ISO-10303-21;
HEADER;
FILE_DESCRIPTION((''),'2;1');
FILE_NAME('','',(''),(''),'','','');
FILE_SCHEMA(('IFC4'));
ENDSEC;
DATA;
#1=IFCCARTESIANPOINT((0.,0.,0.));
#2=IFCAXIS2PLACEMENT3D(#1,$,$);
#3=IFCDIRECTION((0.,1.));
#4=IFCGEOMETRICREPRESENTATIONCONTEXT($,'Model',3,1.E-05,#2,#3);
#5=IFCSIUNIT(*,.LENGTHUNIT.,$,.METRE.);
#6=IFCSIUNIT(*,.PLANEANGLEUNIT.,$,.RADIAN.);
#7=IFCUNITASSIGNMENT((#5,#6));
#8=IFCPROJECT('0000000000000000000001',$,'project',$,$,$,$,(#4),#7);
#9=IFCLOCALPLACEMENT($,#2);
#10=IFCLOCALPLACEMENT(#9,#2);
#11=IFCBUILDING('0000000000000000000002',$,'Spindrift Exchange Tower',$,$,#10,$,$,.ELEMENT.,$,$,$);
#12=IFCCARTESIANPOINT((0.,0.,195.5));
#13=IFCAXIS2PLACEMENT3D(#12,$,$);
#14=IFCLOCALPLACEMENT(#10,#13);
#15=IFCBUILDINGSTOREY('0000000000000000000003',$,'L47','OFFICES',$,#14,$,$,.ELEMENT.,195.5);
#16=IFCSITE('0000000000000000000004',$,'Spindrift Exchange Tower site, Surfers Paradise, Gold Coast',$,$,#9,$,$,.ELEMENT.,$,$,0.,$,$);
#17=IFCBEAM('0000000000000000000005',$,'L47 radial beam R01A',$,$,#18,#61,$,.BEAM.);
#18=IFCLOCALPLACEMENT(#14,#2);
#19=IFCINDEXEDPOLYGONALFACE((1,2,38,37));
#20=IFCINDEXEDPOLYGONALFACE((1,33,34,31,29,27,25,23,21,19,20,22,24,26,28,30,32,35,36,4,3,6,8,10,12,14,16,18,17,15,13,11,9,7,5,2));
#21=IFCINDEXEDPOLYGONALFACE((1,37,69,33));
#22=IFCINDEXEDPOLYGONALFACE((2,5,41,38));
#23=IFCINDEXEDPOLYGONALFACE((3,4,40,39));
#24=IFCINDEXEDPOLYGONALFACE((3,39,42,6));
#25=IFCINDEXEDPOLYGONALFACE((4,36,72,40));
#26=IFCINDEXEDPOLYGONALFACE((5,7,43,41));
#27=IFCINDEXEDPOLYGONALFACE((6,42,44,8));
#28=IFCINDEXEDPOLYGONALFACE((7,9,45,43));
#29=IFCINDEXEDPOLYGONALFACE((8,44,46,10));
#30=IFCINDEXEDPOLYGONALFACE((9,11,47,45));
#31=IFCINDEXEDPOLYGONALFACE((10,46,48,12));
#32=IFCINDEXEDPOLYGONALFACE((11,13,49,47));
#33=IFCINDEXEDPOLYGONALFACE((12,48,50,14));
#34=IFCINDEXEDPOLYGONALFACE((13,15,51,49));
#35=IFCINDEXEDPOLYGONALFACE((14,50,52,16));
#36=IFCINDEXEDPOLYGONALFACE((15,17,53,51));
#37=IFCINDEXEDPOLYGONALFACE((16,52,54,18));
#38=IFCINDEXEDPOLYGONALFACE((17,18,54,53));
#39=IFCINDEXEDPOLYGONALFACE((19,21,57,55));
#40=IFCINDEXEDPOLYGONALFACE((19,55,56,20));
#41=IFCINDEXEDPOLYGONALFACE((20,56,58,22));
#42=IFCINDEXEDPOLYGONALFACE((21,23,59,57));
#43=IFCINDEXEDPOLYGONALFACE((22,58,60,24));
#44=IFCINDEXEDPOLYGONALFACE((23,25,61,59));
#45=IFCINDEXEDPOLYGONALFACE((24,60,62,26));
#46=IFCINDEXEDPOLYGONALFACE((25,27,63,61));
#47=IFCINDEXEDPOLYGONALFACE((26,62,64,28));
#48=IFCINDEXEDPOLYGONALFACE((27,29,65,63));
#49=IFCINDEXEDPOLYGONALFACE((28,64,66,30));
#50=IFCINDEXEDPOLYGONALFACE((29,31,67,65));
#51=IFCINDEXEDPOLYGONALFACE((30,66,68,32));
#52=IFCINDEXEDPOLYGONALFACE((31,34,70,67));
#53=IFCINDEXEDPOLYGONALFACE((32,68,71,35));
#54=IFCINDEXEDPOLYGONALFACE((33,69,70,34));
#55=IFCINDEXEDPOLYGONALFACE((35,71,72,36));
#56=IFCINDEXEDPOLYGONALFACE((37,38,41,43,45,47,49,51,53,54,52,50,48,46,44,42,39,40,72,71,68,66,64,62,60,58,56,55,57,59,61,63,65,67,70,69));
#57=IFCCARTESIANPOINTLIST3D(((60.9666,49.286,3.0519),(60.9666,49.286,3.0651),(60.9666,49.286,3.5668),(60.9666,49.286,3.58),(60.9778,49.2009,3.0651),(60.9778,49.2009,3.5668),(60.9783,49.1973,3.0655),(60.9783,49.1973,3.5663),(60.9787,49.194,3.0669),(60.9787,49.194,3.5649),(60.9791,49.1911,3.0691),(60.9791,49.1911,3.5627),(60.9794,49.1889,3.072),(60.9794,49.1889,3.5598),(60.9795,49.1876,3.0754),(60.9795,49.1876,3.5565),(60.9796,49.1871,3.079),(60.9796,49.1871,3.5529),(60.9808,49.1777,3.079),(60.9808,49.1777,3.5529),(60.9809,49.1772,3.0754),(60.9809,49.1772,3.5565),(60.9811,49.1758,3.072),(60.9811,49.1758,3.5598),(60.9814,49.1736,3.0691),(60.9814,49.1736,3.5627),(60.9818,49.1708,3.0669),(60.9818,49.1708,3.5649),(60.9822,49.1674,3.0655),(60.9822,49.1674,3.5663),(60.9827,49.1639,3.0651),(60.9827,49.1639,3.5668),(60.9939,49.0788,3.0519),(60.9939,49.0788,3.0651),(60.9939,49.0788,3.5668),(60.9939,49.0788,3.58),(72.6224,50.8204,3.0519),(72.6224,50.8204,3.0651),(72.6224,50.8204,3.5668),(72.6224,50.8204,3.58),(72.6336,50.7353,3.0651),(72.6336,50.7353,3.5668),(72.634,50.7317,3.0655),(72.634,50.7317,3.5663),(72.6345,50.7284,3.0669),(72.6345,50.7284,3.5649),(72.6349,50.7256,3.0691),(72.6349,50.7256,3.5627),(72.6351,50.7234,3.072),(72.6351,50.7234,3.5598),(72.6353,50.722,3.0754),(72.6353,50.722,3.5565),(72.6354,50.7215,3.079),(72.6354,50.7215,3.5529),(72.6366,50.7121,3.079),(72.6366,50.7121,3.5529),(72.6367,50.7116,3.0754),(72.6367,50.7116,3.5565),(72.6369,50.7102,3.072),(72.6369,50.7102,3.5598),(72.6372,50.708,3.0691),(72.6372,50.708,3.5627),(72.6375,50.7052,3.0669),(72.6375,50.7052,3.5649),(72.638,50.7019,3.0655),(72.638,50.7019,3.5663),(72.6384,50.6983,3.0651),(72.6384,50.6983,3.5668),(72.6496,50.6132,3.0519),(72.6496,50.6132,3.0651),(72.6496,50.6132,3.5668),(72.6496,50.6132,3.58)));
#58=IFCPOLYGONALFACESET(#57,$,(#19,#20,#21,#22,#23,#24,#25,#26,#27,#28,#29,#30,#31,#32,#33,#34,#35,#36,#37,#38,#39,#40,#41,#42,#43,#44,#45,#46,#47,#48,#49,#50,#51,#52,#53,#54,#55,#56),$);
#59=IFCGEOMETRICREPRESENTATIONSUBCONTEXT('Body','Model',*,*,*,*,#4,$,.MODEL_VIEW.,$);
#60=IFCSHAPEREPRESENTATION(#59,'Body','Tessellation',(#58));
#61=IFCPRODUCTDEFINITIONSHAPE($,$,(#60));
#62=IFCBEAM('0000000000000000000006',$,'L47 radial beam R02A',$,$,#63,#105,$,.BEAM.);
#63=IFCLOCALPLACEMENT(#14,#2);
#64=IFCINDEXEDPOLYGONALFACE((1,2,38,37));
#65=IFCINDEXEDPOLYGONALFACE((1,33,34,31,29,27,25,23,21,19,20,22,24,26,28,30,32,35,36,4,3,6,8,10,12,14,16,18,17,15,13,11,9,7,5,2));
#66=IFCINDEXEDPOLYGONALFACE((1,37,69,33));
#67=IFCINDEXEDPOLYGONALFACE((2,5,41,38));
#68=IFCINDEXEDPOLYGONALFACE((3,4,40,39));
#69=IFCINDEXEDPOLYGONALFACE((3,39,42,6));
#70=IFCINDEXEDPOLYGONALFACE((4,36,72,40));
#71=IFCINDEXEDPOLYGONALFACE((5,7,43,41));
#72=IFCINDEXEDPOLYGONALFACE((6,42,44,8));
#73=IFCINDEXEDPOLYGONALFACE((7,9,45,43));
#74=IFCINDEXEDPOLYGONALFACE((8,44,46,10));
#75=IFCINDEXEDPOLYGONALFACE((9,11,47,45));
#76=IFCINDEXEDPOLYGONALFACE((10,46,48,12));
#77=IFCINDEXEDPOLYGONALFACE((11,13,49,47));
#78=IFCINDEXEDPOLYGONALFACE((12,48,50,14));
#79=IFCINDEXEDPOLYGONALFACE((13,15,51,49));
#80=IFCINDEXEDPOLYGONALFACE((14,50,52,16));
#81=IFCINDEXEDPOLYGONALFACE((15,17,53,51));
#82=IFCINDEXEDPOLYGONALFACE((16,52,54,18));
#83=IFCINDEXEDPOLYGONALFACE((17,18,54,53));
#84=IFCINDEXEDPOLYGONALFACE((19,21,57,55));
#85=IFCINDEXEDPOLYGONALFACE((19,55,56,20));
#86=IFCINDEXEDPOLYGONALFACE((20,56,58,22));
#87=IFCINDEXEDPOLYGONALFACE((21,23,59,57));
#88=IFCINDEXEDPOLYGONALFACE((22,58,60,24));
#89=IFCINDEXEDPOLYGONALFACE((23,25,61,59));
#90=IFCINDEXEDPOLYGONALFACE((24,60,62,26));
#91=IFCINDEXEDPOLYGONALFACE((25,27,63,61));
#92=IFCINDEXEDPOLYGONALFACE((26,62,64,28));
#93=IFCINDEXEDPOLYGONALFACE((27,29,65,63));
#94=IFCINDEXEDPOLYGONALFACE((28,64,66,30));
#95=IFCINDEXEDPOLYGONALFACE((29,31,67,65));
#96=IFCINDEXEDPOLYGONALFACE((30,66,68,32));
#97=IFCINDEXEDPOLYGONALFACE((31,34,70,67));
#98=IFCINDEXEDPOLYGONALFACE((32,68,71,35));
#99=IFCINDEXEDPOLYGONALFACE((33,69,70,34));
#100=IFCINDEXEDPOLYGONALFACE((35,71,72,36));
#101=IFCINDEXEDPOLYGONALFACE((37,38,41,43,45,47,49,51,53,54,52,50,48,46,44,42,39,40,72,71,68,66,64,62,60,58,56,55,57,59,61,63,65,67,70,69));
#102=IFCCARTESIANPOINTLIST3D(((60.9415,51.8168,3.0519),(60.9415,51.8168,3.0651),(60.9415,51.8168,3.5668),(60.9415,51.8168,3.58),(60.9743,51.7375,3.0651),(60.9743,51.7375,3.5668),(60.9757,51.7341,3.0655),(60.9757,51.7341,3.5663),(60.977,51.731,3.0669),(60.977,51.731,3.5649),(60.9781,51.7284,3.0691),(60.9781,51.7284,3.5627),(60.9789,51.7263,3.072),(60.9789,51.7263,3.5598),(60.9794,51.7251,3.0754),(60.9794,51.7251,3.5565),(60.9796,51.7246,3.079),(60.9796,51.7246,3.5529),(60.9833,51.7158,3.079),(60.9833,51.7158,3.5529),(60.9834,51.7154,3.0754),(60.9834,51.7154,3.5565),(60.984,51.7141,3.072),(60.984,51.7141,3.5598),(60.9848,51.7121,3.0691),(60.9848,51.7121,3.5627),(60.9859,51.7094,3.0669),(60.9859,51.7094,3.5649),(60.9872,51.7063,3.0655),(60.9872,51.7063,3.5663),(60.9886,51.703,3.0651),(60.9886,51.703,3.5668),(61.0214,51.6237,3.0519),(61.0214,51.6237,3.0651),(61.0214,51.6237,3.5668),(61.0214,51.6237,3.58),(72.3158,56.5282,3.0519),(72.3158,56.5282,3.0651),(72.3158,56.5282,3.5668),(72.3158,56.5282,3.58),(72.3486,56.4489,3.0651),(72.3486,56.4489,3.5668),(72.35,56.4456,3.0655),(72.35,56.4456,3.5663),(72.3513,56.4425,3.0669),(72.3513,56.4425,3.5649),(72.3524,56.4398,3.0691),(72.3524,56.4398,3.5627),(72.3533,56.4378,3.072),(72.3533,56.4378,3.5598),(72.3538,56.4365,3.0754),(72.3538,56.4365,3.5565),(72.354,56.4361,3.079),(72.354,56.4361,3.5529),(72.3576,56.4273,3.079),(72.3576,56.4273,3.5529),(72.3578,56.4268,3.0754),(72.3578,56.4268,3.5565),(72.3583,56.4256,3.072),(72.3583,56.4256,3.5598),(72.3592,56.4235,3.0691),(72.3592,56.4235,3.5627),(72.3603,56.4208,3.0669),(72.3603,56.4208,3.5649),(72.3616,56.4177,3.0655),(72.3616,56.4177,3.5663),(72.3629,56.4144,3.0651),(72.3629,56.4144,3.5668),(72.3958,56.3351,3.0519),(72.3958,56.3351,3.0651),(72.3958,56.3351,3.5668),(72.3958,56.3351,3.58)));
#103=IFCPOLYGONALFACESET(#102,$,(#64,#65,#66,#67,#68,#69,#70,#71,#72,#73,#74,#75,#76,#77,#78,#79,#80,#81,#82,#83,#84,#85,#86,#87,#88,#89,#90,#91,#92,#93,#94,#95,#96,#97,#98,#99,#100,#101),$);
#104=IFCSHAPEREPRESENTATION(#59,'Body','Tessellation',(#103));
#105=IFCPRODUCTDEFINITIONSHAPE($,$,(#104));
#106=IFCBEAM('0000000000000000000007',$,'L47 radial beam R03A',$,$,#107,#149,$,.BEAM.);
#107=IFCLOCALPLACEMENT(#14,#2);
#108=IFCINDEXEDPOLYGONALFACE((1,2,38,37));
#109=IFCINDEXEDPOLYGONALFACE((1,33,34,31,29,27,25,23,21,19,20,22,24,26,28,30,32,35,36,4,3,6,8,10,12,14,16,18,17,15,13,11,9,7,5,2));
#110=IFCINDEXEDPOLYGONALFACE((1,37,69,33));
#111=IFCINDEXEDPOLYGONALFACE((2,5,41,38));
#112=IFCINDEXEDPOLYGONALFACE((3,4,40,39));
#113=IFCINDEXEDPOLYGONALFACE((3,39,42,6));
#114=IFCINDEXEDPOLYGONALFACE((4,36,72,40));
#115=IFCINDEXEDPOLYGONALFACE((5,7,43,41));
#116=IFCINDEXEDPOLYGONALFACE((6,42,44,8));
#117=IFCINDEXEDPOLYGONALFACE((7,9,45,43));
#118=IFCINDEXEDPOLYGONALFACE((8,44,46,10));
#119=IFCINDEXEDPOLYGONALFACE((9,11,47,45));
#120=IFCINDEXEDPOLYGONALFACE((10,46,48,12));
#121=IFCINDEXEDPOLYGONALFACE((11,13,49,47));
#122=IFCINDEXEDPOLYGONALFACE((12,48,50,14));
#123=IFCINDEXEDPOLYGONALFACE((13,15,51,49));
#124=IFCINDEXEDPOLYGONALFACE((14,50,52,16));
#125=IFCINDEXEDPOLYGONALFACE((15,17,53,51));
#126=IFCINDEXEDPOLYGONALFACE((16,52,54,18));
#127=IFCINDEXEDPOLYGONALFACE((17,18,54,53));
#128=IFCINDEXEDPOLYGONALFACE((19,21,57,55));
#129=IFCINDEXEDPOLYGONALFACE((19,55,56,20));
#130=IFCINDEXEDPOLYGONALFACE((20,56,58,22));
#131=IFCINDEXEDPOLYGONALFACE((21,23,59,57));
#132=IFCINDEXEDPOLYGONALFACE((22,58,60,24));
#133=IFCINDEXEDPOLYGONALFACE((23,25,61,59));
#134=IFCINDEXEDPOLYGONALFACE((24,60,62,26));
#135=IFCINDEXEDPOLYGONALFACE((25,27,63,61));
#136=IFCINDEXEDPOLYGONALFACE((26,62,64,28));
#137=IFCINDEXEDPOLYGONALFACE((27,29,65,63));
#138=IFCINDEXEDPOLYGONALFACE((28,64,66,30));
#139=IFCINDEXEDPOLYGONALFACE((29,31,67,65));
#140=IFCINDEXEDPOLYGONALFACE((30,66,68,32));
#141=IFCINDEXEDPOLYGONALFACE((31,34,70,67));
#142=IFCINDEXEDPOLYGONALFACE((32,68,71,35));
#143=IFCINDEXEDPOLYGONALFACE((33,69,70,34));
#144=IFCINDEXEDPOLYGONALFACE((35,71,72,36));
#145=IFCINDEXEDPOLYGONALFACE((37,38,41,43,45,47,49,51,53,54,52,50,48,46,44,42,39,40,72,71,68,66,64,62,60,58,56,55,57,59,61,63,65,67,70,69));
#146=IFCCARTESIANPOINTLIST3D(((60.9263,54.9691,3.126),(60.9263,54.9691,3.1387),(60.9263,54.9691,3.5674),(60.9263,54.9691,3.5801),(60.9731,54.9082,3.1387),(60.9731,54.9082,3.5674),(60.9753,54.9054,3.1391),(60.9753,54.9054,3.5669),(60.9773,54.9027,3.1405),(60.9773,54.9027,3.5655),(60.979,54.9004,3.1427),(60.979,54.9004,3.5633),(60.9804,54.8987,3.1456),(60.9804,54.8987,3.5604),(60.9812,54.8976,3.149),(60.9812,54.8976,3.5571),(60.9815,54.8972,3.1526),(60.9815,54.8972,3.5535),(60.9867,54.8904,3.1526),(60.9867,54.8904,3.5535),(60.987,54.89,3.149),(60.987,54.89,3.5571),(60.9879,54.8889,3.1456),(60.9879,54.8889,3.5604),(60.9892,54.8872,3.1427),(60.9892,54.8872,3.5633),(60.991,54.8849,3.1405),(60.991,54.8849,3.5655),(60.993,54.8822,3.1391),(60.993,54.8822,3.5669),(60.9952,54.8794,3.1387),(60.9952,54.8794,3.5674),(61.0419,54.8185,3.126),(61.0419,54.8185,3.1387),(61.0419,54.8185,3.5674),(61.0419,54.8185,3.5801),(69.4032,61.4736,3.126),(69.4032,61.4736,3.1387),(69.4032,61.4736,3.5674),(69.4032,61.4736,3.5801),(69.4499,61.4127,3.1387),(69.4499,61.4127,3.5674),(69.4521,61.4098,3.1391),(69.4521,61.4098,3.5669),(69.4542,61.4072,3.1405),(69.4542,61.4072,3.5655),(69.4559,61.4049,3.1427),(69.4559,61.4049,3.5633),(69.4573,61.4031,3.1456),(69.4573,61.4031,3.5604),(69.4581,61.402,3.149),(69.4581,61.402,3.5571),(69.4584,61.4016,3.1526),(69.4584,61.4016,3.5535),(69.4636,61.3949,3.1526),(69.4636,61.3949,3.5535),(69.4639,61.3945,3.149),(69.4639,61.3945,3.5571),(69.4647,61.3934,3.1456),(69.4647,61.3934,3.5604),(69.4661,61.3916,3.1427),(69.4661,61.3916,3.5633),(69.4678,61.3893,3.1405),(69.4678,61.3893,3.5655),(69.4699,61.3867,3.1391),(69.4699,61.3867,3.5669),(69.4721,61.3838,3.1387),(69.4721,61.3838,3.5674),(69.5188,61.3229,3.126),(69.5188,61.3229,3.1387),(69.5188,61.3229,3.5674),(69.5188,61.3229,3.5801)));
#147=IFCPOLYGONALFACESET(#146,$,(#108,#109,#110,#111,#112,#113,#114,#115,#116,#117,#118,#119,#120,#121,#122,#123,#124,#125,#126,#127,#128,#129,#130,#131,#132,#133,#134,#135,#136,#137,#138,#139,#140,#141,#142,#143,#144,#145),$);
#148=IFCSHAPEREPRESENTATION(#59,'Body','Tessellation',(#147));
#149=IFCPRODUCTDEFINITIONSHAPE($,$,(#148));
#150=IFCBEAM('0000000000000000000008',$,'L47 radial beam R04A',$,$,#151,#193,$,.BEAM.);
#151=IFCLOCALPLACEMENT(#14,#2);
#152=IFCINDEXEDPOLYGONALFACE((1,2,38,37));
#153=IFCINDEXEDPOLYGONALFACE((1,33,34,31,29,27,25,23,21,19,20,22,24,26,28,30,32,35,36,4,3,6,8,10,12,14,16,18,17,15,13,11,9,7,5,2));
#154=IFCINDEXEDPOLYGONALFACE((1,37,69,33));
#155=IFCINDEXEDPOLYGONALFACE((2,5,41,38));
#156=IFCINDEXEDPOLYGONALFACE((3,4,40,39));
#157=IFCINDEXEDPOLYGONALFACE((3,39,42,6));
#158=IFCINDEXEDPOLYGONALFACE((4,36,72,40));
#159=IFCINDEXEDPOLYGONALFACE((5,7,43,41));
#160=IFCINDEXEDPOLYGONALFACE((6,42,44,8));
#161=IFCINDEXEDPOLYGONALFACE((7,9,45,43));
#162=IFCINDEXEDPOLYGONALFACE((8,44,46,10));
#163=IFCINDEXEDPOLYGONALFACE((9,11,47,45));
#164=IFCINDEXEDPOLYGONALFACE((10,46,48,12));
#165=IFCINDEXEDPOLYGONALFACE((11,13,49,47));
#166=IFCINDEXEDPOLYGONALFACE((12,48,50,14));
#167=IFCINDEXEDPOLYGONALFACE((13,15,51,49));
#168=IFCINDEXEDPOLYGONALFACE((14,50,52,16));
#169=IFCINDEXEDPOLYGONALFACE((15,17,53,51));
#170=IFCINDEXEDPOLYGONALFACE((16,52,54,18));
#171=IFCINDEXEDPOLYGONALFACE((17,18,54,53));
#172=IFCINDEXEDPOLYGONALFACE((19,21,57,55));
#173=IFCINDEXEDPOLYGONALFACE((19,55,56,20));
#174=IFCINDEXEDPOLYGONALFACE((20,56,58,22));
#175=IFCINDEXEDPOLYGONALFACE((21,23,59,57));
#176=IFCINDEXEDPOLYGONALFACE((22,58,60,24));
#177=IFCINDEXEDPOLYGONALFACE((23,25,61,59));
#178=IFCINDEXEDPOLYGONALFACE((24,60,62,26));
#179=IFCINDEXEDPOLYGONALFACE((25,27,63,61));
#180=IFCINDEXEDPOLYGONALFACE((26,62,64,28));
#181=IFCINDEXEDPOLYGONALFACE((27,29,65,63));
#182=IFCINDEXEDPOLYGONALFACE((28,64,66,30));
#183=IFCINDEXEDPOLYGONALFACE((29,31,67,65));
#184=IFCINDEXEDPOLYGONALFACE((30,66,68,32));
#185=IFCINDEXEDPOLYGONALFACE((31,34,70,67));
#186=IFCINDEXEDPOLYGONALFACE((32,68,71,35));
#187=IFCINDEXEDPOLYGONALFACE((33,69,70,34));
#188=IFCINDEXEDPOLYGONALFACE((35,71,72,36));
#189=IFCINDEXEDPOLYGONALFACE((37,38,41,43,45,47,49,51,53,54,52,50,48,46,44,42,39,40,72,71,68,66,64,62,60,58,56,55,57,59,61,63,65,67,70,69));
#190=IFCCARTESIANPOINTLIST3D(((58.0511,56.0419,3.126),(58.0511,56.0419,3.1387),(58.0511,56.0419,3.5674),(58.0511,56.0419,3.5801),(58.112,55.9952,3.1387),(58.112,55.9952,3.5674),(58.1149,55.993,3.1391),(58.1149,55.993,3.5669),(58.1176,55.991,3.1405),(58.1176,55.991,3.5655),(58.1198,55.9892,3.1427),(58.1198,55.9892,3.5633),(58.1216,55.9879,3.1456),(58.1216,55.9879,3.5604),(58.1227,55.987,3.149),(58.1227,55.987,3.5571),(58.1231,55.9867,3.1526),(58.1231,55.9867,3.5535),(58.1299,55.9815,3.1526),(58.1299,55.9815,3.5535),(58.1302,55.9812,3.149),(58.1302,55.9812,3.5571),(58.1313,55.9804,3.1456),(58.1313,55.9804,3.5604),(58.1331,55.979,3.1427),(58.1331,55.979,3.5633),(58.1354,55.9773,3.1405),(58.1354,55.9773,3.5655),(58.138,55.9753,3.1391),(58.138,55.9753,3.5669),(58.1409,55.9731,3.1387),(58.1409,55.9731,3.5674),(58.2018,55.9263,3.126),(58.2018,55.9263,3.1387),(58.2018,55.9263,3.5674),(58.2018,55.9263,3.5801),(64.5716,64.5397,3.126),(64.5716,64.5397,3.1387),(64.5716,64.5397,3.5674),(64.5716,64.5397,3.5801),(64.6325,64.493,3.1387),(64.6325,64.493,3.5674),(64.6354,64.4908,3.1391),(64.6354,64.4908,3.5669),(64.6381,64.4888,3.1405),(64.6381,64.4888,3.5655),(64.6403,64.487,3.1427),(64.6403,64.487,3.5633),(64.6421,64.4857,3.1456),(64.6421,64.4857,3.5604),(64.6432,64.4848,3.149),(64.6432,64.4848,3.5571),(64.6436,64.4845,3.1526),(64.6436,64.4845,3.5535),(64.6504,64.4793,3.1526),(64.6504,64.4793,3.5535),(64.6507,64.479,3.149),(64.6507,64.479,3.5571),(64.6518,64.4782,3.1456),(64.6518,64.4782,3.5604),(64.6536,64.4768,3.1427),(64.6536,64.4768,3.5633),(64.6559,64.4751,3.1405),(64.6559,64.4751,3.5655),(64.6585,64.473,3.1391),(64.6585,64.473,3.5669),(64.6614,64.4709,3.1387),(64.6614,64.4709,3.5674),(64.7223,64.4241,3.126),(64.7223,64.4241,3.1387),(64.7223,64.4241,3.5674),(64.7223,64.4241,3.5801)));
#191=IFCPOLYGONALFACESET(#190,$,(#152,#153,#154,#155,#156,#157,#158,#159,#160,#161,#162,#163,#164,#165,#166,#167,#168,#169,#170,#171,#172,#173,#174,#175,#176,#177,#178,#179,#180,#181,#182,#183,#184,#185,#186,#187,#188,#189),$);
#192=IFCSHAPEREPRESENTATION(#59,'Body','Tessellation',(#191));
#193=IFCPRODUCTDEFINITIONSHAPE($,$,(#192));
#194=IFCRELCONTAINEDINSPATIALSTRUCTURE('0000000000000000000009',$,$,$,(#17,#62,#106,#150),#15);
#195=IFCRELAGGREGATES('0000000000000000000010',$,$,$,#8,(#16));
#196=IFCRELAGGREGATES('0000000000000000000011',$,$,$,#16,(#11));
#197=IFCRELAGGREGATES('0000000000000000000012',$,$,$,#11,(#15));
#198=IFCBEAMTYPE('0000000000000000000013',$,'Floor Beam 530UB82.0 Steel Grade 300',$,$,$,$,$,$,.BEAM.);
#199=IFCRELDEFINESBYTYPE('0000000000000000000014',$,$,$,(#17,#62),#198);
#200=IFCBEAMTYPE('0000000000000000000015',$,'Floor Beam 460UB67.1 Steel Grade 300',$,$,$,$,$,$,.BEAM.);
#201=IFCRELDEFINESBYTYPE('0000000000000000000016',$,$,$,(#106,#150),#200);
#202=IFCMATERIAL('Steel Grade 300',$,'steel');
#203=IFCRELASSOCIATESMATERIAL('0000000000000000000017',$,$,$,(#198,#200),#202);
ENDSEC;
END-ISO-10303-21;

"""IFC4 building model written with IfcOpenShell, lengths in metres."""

from ifc_helpers import new_model, si_unit, direction, frame, origin, origin_2d, place, context, subcontext, project, spatial, i_section, extrude, source, transform, mapped, material, material_profile, profile_set, type_object, element, save


model = new_model("IFC4")

# Units and contexts
model_context = context("Model", 3, precision=1e-05, world=origin(), true_north=direction((0.0, 1.0)))
body_context = subcontext(model_context, "Body", "Model", "MODEL_VIEW")
ifc_project = project(units=[si_unit("LENGTHUNIT", "METRE"), si_unit("PLANEANGLEUNIT", "RADIAN")], contexts=[model_context])

# Site, building, storey
site_placement = place(None, origin())
site = spatial("IfcSite", under=ifc_project, at=site_placement, Name="Spindrift Exchange Tower site, Surfers Paradise, Gold Coast", CompositionType="ELEMENT", RefElevation=0.0)
building_placement = place(site_placement, origin())
building = spatial("IfcBuilding", under=site, at=building_placement, Name="Spindrift Exchange Tower", CompositionType="ELEMENT")
storey_placement = place(building_placement, frame((0.0, 0.0, 195.5)))
storey = spatial("IfcBuildingStorey", under=building, at=storey_placement, Name="L47", Description="OFFICES", CompositionType="ELEMENT", Elevation=195.5)

# Beams
ifc_material_1 = material(Name="Steel Grade 300", Category="steel")
ifc_material_profile_1 = material_profile(ifc_material_1, i_section(OverallWidth=0.209, OverallDepth=0.5281, WebThickness=0.0095, FlangeThickness=0.0132, FilletRadius=0.0139, at=origin_2d()), Name="530UB82.0")
ifc_profile_set_1 = profile_set([ifc_material_profile_1], Name="Steel Grade 300")
beam_type_1 = type_object("IfcBeamType", Name="Floor Beam 530UB82.0 Steel Grade 300", PredefinedType="BEAM", material=ifc_profile_set_1)
shared_shape_1 = source(origin(), body_context, "Body", "SweptSolid", [
    extrude(i_section(OverallWidth=0.209, OverallDepth=0.5281, WebThickness=0.0095, FlangeThickness=0.0132, FilletRadius=0.0139, at=origin_2d()), origin(), (0.0, 0.0, 1.0), 11.7563),
])
beam_1_placement = place(storey_placement, frame((60.9802, 49.1824, 3.3159), z_axis=(0.991446, 0.130519, 0.0), x_axis=(-0.130519, 0.991446, 0.0)))
element("IfcBeam", 1, at=beam_1_placement, inside=storey, type_object=beam_type_1, Name="L47 radial beam R01A", PredefinedType="BEAM", context=body_context, shape_type="MappedRepresentation", body=[
    mapped(shared_shape_1, transform((0.0, 0.0, 0.0), scale=1.0)),
])
shared_shape_2 = source(origin(), body_context, "Body", "SweptSolid", [
    extrude(i_section(OverallWidth=0.209, OverallDepth=0.5281, WebThickness=0.0095, FlangeThickness=0.0132, FilletRadius=0.0139, at=origin_2d()), origin(), (0.0, 0.0, 1.0), 12.3115),
])
beam_2_placement = place(storey_placement, frame((60.9814, 51.7202, 3.3159), z_axis=(0.923878, 0.382687, 0.0), x_axis=(-0.382687, 0.923878, 0.0)))
element("IfcBeam", 2, at=beam_2_placement, inside=storey, type_object=beam_type_1, Name="L47 radial beam R02A", PredefinedType="BEAM", context=body_context, shape_type="MappedRepresentation", body=[
    mapped(shared_shape_2, transform((0.0, 0.0, 0.0), scale=1.0)),
])
ifc_material_profile_2 = material_profile(ifc_material_1, i_section(OverallWidth=0.1899, OverallDepth=0.4541, WebThickness=0.0085, FlangeThickness=0.0127, FilletRadius=0.0139, at=origin_2d()), Name="460UB67.1")
ifc_profile_set_2 = profile_set([ifc_material_profile_2], Name="Steel Grade 300")
beam_type_2 = type_object("IfcBeamType", Name="Floor Beam 460UB67.1 Steel Grade 300", PredefinedType="BEAM", material=ifc_profile_set_2)
shared_shape_3 = source(origin(), body_context, "Body", "SweptSolid", [
    extrude(i_section(OverallWidth=0.1899, OverallDepth=0.4541, WebThickness=0.0085, FlangeThickness=0.0127, FilletRadius=0.0139, at=origin_2d()), origin(), (0.0, 0.0, 1.0), 10.6848),
])
beam_3_placement = place(storey_placement, frame((60.9841, 54.8938, 3.353), z_axis=(0.793357, 0.608756, 0.0), x_axis=(-0.608756, 0.793357, 0.0)))
element("IfcBeam", 3, at=beam_3_placement, inside=storey, type_object=beam_type_2, Name="L47 radial beam R03A", PredefinedType="BEAM", context=body_context, shape_type="MappedRepresentation", body=[
    mapped(shared_shape_3, transform((0.0, 0.0, 0.0), scale=1.0)),
])
shared_shape_4 = source(origin(), body_context, "Body", "SweptSolid", [
    extrude(i_section(OverallWidth=0.1899, OverallDepth=0.4541, WebThickness=0.0085, FlangeThickness=0.0127, FilletRadius=0.0139, at=origin_2d()), origin(), (0.0, 0.0, 1.0), 10.7112),
])
beam_4_placement = place(storey_placement, frame((58.1265, 55.9841, 3.353), z_axis=(0.608756, 0.793357, 0.0), x_axis=(-0.793357, 0.608756, 0.0)))
element("IfcBeam", 4, at=beam_4_placement, inside=storey, type_object=beam_type_2, Name="L47 radial beam R04A", PredefinedType="BEAM", context=body_context, shape_type="MappedRepresentation", body=[
    mapped(shared_shape_4, transform((0.0, 0.0, 0.0), scale=1.0)),
])

save(model, "model.ifc")
